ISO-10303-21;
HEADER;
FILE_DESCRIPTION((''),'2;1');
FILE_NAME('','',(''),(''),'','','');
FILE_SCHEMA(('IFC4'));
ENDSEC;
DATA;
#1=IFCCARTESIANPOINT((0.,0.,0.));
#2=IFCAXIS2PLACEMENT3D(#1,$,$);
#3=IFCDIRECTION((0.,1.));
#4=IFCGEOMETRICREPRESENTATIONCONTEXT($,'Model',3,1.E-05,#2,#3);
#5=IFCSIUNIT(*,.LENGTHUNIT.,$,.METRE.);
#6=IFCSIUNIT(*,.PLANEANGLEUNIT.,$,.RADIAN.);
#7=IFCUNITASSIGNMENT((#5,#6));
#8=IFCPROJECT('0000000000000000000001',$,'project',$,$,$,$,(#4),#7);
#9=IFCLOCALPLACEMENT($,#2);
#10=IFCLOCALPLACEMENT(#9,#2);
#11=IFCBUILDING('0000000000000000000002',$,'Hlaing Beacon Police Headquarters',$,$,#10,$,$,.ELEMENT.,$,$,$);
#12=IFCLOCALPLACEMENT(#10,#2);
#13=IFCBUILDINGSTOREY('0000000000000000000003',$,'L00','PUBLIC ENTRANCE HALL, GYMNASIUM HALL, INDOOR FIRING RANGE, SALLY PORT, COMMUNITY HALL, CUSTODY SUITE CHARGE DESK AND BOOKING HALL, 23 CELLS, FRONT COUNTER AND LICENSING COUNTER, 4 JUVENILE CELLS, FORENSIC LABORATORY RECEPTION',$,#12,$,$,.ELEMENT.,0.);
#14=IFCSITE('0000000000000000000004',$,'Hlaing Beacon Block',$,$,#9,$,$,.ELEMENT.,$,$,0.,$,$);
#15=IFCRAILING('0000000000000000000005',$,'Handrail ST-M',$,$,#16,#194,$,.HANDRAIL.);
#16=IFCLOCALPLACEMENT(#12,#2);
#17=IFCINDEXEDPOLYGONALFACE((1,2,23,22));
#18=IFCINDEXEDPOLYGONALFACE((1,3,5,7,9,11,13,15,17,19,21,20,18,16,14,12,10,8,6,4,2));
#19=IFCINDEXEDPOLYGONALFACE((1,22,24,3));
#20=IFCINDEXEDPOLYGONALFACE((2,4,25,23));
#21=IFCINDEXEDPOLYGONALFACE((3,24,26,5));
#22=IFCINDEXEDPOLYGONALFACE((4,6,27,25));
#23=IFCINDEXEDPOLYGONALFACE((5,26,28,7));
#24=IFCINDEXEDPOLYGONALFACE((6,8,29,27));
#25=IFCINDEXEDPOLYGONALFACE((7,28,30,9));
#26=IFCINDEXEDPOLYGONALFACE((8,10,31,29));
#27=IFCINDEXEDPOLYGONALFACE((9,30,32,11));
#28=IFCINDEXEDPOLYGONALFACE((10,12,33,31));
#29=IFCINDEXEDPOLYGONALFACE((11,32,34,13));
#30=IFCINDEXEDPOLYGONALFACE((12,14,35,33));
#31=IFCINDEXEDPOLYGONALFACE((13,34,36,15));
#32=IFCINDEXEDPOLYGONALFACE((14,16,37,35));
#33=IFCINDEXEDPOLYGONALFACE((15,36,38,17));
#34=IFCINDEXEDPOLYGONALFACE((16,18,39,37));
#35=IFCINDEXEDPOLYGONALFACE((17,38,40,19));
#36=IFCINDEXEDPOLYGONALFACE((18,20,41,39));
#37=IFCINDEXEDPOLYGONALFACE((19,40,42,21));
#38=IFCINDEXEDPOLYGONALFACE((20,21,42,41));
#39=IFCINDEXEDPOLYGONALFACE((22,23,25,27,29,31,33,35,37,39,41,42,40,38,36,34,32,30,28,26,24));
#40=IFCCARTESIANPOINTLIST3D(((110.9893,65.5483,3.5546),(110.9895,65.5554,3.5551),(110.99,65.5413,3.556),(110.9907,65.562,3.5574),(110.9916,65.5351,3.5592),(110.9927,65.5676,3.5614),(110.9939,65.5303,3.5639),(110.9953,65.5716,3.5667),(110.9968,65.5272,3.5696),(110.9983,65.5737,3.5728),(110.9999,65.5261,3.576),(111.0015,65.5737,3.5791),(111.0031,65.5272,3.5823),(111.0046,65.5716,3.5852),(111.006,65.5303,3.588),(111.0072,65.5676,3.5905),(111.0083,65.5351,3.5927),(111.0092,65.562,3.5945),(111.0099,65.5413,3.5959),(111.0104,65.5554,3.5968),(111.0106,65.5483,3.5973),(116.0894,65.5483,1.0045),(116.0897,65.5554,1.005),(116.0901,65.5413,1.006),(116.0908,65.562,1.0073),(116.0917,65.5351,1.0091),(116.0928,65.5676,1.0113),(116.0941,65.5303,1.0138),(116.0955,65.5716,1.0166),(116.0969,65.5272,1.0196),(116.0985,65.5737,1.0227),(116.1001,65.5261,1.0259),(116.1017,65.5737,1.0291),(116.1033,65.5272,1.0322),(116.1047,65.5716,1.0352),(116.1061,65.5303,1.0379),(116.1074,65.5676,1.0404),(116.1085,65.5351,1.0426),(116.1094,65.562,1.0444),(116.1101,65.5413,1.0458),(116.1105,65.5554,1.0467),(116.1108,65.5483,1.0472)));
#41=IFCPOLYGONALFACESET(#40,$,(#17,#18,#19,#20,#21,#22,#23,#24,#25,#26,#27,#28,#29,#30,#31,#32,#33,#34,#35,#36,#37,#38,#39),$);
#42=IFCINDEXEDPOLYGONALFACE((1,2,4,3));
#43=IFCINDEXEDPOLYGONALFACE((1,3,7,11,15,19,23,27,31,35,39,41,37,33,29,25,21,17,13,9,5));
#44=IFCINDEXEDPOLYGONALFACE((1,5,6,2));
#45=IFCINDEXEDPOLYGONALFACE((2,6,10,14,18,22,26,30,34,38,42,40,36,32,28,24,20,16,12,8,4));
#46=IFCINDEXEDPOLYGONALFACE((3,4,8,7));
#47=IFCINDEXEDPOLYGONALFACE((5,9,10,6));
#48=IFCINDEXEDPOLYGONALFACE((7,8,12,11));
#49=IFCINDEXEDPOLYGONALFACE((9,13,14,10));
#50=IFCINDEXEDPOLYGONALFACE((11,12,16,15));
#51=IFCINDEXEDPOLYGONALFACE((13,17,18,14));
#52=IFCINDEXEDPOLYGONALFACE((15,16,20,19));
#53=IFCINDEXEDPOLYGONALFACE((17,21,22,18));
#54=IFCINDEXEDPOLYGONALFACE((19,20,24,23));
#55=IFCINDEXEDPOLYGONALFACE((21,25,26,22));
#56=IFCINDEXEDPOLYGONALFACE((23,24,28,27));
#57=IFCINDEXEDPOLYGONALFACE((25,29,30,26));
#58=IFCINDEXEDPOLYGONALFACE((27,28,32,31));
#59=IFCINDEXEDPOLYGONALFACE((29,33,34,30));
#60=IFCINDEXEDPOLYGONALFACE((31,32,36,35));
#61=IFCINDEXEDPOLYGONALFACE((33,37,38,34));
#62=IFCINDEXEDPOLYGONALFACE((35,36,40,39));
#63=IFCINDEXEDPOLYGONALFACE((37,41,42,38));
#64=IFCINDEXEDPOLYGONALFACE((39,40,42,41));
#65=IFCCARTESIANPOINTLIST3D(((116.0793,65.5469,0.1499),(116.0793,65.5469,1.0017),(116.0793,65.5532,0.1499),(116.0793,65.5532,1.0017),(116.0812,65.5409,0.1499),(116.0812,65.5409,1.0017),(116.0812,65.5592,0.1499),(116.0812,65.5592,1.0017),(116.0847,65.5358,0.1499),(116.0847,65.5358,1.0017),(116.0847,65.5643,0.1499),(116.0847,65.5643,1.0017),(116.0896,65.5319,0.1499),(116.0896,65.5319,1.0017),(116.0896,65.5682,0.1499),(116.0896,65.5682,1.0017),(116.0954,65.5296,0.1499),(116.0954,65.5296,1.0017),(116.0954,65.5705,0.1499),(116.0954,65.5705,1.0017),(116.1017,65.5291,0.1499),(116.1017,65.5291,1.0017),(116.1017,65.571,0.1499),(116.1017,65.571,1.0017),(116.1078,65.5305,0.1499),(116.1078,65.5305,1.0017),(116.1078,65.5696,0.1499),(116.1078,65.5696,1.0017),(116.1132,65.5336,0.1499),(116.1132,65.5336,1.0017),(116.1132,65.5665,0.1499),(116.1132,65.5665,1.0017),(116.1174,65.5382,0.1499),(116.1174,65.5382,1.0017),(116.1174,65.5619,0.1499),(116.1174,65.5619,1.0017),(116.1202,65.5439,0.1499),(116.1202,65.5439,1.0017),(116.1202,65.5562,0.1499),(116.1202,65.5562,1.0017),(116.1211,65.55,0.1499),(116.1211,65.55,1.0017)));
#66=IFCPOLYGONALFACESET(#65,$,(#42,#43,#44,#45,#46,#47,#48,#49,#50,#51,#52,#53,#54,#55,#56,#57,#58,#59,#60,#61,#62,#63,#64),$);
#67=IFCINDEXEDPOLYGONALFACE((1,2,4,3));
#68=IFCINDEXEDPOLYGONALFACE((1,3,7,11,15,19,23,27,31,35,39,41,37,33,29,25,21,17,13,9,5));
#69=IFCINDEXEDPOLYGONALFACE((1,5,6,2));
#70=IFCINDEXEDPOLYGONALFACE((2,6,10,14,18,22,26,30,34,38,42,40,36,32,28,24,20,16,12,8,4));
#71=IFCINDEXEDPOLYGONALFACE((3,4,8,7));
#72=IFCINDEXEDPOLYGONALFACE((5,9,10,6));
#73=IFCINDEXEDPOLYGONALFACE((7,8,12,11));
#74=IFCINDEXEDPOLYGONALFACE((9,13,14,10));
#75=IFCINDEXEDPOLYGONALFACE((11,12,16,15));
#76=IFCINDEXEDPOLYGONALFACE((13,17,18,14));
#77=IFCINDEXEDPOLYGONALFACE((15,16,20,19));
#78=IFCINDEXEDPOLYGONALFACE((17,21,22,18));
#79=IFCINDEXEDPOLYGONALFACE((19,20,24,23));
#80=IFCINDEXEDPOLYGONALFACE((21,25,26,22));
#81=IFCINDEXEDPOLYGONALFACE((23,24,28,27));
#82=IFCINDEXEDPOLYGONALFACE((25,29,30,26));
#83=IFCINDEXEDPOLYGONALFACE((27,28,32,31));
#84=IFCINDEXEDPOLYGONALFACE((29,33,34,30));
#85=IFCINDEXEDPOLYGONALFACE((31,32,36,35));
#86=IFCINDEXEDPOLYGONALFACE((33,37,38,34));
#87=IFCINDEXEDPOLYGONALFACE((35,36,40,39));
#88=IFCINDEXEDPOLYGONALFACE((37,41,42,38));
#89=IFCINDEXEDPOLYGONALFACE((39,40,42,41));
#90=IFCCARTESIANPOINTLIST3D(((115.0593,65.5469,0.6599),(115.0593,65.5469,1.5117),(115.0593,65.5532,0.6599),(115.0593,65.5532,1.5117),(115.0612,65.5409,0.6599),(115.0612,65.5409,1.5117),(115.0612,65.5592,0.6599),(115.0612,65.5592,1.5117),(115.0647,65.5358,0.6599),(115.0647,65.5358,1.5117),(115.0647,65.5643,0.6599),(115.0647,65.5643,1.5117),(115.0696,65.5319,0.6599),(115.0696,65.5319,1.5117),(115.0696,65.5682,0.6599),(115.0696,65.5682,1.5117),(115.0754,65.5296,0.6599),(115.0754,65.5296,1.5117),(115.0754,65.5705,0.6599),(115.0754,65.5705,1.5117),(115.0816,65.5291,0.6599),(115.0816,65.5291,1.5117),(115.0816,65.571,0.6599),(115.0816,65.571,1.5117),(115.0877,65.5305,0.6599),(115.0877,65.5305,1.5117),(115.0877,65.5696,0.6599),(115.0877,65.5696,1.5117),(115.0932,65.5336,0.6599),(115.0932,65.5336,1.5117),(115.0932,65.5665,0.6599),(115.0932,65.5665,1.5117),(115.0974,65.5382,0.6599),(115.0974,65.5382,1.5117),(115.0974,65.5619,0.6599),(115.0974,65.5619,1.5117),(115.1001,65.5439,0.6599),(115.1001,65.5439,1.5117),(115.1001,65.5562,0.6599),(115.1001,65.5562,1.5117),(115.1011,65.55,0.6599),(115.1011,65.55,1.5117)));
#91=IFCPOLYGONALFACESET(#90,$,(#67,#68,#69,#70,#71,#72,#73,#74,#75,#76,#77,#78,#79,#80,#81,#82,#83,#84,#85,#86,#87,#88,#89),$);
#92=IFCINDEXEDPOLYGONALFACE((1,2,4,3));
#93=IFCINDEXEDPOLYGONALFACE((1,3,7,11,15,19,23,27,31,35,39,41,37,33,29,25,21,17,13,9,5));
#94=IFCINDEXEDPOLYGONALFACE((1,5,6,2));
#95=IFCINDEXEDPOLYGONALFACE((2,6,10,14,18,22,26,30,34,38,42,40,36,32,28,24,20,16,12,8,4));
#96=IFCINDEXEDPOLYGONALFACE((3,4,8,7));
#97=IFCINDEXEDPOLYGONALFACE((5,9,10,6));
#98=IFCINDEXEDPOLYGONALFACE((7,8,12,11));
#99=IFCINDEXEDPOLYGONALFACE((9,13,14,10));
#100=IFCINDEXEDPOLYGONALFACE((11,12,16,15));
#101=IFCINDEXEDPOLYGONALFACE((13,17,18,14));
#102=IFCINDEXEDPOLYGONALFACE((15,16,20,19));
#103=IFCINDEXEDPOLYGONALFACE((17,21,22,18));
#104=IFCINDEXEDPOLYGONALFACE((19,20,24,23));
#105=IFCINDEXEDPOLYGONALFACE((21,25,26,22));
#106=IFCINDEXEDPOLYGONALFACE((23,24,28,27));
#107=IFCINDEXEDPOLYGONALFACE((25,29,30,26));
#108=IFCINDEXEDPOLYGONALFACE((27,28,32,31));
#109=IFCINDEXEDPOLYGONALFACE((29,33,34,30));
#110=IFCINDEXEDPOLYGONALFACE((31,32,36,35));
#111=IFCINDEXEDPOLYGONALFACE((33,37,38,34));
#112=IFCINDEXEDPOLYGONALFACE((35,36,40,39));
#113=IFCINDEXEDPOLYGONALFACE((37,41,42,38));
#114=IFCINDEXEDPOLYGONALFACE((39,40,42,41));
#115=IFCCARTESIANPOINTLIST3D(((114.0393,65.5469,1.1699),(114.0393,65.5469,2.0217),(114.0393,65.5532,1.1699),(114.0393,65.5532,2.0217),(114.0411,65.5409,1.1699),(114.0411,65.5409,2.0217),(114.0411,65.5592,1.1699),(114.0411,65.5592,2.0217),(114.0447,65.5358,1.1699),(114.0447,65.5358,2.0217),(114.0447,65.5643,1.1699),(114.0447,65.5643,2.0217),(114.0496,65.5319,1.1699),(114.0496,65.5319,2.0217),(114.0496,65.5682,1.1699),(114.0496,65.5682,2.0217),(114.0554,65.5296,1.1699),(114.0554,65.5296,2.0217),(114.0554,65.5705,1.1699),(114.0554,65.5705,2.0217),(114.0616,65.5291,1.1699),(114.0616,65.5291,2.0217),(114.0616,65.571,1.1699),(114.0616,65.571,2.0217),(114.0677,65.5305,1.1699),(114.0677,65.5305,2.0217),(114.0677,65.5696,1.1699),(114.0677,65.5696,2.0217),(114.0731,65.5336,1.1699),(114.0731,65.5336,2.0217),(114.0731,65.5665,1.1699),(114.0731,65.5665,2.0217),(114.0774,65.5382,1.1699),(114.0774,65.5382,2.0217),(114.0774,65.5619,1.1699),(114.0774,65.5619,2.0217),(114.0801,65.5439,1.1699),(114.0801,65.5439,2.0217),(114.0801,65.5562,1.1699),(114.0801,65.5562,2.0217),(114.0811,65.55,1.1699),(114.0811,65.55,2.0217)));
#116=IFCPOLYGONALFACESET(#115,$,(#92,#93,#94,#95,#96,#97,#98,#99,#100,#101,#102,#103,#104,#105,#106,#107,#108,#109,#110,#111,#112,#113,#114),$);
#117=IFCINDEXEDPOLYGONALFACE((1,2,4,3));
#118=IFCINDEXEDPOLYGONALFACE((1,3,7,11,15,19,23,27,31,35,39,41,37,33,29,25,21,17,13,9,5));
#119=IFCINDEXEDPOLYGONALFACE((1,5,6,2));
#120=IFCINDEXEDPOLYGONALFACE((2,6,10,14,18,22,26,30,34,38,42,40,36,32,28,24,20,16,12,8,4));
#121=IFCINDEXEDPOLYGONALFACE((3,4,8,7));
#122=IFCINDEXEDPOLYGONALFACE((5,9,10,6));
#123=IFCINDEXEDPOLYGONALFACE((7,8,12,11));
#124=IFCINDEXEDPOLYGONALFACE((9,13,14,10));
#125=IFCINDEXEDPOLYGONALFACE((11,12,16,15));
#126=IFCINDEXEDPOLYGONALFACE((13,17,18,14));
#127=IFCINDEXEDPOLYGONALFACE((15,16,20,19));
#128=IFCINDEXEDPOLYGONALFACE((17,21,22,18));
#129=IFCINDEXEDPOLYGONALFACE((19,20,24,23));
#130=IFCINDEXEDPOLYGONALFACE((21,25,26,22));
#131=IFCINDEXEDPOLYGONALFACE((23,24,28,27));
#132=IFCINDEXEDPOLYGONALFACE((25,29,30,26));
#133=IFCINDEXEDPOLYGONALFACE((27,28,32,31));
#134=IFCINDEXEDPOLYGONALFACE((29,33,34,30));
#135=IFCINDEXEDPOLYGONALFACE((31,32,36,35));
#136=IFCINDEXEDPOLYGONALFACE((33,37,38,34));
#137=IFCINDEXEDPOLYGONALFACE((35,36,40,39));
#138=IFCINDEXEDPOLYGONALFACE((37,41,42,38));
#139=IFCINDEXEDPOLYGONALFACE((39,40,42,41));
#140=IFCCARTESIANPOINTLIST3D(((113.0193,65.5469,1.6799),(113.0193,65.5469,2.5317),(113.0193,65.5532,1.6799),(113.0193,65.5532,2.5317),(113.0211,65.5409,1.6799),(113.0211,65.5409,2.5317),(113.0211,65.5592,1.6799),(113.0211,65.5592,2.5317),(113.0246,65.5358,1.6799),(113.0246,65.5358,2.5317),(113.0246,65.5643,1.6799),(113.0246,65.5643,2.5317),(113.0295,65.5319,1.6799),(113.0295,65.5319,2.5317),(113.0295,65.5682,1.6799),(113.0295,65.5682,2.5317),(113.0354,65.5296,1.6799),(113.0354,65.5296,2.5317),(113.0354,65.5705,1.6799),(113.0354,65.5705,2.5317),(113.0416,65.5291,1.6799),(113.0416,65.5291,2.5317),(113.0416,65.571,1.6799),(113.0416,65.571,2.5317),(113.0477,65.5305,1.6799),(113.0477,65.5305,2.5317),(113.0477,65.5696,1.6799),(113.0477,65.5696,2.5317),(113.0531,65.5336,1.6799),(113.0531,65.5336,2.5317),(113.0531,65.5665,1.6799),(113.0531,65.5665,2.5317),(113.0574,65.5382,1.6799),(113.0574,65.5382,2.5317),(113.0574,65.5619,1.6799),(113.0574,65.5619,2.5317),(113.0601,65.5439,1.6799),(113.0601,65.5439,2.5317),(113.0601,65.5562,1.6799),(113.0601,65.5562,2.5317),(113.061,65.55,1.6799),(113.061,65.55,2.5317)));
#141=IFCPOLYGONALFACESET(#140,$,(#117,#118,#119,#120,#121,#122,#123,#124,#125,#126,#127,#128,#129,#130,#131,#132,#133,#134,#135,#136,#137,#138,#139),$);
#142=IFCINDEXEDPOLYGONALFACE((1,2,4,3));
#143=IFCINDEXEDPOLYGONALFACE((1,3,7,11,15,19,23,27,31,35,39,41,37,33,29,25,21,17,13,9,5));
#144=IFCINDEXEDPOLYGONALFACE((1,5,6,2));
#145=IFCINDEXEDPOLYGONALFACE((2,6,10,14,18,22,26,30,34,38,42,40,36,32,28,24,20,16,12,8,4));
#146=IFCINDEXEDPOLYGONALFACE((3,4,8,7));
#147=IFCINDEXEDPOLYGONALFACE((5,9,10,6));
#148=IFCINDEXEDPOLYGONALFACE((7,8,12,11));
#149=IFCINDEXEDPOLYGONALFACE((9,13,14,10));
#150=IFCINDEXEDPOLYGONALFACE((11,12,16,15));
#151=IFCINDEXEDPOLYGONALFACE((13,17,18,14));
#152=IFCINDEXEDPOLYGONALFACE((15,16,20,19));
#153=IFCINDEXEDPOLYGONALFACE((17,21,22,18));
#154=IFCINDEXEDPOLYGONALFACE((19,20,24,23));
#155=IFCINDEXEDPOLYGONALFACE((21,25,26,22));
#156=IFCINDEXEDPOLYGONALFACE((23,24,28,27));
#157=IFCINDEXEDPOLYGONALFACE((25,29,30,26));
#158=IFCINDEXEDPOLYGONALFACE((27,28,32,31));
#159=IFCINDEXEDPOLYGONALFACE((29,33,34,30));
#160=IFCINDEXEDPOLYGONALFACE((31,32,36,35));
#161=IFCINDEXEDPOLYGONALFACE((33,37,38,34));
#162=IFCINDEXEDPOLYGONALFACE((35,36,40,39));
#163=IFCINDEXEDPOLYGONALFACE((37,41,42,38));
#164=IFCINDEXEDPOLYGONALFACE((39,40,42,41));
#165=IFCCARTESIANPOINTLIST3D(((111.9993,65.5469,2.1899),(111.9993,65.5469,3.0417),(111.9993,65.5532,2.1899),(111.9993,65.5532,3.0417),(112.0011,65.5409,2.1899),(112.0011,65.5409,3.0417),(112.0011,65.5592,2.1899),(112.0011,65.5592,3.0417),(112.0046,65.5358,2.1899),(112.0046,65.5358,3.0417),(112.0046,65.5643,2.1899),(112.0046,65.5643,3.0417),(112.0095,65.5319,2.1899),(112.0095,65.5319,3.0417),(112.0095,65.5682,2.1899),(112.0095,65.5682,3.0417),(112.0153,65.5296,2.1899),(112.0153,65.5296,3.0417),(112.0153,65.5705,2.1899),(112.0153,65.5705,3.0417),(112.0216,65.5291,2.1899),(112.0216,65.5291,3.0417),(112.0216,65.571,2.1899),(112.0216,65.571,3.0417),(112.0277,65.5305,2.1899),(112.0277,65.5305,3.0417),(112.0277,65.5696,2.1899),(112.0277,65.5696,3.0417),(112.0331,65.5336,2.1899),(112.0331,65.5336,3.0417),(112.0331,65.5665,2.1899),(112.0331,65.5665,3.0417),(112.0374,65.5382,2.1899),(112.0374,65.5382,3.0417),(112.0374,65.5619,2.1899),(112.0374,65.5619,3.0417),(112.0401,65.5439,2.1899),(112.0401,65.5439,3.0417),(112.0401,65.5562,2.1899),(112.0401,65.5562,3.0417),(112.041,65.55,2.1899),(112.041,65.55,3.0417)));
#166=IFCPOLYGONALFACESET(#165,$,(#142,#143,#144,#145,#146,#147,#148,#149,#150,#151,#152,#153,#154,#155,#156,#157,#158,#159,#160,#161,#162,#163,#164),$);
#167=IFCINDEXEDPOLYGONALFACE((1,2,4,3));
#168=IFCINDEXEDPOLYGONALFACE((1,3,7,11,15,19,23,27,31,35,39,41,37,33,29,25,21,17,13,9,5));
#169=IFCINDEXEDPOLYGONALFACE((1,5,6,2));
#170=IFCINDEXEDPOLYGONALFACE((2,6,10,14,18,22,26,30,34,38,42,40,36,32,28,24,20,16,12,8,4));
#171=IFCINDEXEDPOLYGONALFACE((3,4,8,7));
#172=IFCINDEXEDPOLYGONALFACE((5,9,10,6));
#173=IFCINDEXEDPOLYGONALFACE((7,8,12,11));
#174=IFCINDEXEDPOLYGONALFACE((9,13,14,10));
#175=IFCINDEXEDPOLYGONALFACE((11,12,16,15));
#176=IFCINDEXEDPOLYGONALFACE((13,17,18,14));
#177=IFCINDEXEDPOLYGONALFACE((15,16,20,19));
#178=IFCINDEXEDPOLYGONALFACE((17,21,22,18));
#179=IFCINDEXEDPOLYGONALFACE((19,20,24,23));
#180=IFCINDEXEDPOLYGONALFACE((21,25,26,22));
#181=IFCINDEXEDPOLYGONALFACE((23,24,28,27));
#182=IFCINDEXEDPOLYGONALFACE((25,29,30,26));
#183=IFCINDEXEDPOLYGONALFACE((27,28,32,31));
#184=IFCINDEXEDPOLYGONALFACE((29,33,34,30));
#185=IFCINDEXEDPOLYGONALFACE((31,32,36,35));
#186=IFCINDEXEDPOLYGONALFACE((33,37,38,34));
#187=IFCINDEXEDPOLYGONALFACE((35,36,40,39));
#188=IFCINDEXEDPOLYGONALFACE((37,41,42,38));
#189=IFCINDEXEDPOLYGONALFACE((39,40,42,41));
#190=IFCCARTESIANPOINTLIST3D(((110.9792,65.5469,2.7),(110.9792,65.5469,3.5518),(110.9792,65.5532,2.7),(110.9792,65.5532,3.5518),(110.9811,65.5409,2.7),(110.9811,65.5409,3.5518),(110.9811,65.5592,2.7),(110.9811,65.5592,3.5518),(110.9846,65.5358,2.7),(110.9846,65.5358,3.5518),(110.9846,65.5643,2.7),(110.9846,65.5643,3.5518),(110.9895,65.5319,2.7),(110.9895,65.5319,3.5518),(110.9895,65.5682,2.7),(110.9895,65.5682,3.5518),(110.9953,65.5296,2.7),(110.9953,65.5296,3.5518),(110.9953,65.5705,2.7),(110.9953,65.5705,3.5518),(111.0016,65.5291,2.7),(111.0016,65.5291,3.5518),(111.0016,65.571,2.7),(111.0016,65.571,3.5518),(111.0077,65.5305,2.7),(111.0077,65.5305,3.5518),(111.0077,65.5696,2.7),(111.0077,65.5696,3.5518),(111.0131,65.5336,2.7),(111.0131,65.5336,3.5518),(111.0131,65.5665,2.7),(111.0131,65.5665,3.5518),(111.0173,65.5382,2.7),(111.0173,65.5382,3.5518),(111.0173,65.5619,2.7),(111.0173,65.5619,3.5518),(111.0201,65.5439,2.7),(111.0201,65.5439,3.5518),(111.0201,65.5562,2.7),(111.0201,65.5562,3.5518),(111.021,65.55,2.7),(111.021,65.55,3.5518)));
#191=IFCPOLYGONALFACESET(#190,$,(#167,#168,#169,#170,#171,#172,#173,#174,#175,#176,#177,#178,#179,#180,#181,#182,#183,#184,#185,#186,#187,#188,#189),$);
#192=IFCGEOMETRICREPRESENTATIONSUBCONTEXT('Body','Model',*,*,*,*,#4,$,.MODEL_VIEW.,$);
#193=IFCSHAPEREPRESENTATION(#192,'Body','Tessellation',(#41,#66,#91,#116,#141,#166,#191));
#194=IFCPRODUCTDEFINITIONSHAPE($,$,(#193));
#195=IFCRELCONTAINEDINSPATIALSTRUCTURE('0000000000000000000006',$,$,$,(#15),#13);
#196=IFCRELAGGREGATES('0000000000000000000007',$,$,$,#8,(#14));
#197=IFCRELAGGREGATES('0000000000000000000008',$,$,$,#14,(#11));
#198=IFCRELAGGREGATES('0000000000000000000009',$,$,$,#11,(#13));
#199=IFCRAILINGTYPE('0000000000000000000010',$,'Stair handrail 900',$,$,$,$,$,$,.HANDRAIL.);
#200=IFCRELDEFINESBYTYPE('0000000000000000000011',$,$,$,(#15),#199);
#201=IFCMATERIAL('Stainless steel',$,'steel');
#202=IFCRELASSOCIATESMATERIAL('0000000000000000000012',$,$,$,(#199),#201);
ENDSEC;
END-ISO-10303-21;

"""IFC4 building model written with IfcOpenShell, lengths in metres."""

from ifc_helpers import new_model, si_unit, direction, frame, origin, origin_2d, place, context, subcontext, project, spatial, circle, extrude, material, type_object, element, save


model = new_model("IFC4")

# Units and contexts
model_context = context("Model", 3, precision=1e-05, world=origin(), true_north=direction((0.0, 1.0)))
body_context = subcontext(model_context, "Body", "Model", "MODEL_VIEW")
ifc_project = project(units=[si_unit("LENGTHUNIT", "METRE"), si_unit("PLANEANGLEUNIT", "RADIAN")], contexts=[model_context])

# Site, building, storey
site_placement = place(None, origin())
site = spatial("IfcSite", under=ifc_project, at=site_placement, Name="Hlaing Beacon Block", CompositionType="ELEMENT", RefElevation=0.0)
building_placement = place(site_placement, origin())
building = spatial("IfcBuilding", under=site, at=building_placement, Name="Hlaing Beacon Police Headquarters", CompositionType="ELEMENT")
storey_placement = place(building_placement, origin())
storey = spatial("IfcBuildingStorey", under=building, at=storey_placement, Name="L00", Description="PUBLIC ENTRANCE HALL, GYMNASIUM HALL, INDOOR FIRING RANGE, SALLY PORT, COMMUNITY HALL, CUSTODY SUITE CHARGE DESK AND BOOKING HALL, 23 CELLS, FRONT COUNTER AND LICENSING COUNTER, 4 JUVENILE CELLS, FORENSIC LABORATORY RECEPTION", CompositionType="ELEMENT", Elevation=0.0)

# Railing
ifc_material_1 = material(Name="Stainless steel", Category="steel")
railing_type_1 = type_object("IfcRailingType", Name="Stair handrail 900", PredefinedType="HANDRAIL", material=ifc_material_1)
for number, where, name in (
    (1, (116.1001, 65.55, 0.1499), "Handrail ST-M"),
):
    element("IfcRailing", number, at=place(storey_placement, frame(where)), inside=storey, type_object=railing_type_1, Name=name, PredefinedType="HANDRAIL", context=body_context, shape_type="SweptSolid", body=[
        extrude(circle(Radius=0.0239, at=origin_2d()), frame((0.0, 0.0, 0.876), z_axis=(-0.894427, 0.0, 0.447214), x_axis=(0.0, -1.0, 0.0)), (0.0, 0.0, 1.0), 5.7021),
        extrude(circle(Radius=0.021, at=origin_2d()), origin(), (0.0, 0.0, 1.0), 0.8518),
        extrude(circle(Radius=0.021, at=origin_2d()), frame((-1.02, 0.0, 0.51)), (0.0, 0.0, 1.0), 0.8518),
        extrude(circle(Radius=0.021, at=origin_2d()), frame((-2.04, 0.0, 1.02)), (0.0, 0.0, 1.0), 0.8518),
        extrude(circle(Radius=0.021, at=origin_2d()), frame((-3.0601, 0.0, 1.53)), (0.0, 0.0, 1.0), 0.8518),
        extrude(circle(Radius=0.021, at=origin_2d()), frame((-4.0801, 0.0, 2.04)), (0.0, 0.0, 1.0), 0.8518),
        extrude(circle(Radius=0.021, at=origin_2d()), frame((-5.1001, 0.0, 2.55)), (0.0, 0.0, 1.0), 0.8518),
    ])

save(model, "model.ifc")
